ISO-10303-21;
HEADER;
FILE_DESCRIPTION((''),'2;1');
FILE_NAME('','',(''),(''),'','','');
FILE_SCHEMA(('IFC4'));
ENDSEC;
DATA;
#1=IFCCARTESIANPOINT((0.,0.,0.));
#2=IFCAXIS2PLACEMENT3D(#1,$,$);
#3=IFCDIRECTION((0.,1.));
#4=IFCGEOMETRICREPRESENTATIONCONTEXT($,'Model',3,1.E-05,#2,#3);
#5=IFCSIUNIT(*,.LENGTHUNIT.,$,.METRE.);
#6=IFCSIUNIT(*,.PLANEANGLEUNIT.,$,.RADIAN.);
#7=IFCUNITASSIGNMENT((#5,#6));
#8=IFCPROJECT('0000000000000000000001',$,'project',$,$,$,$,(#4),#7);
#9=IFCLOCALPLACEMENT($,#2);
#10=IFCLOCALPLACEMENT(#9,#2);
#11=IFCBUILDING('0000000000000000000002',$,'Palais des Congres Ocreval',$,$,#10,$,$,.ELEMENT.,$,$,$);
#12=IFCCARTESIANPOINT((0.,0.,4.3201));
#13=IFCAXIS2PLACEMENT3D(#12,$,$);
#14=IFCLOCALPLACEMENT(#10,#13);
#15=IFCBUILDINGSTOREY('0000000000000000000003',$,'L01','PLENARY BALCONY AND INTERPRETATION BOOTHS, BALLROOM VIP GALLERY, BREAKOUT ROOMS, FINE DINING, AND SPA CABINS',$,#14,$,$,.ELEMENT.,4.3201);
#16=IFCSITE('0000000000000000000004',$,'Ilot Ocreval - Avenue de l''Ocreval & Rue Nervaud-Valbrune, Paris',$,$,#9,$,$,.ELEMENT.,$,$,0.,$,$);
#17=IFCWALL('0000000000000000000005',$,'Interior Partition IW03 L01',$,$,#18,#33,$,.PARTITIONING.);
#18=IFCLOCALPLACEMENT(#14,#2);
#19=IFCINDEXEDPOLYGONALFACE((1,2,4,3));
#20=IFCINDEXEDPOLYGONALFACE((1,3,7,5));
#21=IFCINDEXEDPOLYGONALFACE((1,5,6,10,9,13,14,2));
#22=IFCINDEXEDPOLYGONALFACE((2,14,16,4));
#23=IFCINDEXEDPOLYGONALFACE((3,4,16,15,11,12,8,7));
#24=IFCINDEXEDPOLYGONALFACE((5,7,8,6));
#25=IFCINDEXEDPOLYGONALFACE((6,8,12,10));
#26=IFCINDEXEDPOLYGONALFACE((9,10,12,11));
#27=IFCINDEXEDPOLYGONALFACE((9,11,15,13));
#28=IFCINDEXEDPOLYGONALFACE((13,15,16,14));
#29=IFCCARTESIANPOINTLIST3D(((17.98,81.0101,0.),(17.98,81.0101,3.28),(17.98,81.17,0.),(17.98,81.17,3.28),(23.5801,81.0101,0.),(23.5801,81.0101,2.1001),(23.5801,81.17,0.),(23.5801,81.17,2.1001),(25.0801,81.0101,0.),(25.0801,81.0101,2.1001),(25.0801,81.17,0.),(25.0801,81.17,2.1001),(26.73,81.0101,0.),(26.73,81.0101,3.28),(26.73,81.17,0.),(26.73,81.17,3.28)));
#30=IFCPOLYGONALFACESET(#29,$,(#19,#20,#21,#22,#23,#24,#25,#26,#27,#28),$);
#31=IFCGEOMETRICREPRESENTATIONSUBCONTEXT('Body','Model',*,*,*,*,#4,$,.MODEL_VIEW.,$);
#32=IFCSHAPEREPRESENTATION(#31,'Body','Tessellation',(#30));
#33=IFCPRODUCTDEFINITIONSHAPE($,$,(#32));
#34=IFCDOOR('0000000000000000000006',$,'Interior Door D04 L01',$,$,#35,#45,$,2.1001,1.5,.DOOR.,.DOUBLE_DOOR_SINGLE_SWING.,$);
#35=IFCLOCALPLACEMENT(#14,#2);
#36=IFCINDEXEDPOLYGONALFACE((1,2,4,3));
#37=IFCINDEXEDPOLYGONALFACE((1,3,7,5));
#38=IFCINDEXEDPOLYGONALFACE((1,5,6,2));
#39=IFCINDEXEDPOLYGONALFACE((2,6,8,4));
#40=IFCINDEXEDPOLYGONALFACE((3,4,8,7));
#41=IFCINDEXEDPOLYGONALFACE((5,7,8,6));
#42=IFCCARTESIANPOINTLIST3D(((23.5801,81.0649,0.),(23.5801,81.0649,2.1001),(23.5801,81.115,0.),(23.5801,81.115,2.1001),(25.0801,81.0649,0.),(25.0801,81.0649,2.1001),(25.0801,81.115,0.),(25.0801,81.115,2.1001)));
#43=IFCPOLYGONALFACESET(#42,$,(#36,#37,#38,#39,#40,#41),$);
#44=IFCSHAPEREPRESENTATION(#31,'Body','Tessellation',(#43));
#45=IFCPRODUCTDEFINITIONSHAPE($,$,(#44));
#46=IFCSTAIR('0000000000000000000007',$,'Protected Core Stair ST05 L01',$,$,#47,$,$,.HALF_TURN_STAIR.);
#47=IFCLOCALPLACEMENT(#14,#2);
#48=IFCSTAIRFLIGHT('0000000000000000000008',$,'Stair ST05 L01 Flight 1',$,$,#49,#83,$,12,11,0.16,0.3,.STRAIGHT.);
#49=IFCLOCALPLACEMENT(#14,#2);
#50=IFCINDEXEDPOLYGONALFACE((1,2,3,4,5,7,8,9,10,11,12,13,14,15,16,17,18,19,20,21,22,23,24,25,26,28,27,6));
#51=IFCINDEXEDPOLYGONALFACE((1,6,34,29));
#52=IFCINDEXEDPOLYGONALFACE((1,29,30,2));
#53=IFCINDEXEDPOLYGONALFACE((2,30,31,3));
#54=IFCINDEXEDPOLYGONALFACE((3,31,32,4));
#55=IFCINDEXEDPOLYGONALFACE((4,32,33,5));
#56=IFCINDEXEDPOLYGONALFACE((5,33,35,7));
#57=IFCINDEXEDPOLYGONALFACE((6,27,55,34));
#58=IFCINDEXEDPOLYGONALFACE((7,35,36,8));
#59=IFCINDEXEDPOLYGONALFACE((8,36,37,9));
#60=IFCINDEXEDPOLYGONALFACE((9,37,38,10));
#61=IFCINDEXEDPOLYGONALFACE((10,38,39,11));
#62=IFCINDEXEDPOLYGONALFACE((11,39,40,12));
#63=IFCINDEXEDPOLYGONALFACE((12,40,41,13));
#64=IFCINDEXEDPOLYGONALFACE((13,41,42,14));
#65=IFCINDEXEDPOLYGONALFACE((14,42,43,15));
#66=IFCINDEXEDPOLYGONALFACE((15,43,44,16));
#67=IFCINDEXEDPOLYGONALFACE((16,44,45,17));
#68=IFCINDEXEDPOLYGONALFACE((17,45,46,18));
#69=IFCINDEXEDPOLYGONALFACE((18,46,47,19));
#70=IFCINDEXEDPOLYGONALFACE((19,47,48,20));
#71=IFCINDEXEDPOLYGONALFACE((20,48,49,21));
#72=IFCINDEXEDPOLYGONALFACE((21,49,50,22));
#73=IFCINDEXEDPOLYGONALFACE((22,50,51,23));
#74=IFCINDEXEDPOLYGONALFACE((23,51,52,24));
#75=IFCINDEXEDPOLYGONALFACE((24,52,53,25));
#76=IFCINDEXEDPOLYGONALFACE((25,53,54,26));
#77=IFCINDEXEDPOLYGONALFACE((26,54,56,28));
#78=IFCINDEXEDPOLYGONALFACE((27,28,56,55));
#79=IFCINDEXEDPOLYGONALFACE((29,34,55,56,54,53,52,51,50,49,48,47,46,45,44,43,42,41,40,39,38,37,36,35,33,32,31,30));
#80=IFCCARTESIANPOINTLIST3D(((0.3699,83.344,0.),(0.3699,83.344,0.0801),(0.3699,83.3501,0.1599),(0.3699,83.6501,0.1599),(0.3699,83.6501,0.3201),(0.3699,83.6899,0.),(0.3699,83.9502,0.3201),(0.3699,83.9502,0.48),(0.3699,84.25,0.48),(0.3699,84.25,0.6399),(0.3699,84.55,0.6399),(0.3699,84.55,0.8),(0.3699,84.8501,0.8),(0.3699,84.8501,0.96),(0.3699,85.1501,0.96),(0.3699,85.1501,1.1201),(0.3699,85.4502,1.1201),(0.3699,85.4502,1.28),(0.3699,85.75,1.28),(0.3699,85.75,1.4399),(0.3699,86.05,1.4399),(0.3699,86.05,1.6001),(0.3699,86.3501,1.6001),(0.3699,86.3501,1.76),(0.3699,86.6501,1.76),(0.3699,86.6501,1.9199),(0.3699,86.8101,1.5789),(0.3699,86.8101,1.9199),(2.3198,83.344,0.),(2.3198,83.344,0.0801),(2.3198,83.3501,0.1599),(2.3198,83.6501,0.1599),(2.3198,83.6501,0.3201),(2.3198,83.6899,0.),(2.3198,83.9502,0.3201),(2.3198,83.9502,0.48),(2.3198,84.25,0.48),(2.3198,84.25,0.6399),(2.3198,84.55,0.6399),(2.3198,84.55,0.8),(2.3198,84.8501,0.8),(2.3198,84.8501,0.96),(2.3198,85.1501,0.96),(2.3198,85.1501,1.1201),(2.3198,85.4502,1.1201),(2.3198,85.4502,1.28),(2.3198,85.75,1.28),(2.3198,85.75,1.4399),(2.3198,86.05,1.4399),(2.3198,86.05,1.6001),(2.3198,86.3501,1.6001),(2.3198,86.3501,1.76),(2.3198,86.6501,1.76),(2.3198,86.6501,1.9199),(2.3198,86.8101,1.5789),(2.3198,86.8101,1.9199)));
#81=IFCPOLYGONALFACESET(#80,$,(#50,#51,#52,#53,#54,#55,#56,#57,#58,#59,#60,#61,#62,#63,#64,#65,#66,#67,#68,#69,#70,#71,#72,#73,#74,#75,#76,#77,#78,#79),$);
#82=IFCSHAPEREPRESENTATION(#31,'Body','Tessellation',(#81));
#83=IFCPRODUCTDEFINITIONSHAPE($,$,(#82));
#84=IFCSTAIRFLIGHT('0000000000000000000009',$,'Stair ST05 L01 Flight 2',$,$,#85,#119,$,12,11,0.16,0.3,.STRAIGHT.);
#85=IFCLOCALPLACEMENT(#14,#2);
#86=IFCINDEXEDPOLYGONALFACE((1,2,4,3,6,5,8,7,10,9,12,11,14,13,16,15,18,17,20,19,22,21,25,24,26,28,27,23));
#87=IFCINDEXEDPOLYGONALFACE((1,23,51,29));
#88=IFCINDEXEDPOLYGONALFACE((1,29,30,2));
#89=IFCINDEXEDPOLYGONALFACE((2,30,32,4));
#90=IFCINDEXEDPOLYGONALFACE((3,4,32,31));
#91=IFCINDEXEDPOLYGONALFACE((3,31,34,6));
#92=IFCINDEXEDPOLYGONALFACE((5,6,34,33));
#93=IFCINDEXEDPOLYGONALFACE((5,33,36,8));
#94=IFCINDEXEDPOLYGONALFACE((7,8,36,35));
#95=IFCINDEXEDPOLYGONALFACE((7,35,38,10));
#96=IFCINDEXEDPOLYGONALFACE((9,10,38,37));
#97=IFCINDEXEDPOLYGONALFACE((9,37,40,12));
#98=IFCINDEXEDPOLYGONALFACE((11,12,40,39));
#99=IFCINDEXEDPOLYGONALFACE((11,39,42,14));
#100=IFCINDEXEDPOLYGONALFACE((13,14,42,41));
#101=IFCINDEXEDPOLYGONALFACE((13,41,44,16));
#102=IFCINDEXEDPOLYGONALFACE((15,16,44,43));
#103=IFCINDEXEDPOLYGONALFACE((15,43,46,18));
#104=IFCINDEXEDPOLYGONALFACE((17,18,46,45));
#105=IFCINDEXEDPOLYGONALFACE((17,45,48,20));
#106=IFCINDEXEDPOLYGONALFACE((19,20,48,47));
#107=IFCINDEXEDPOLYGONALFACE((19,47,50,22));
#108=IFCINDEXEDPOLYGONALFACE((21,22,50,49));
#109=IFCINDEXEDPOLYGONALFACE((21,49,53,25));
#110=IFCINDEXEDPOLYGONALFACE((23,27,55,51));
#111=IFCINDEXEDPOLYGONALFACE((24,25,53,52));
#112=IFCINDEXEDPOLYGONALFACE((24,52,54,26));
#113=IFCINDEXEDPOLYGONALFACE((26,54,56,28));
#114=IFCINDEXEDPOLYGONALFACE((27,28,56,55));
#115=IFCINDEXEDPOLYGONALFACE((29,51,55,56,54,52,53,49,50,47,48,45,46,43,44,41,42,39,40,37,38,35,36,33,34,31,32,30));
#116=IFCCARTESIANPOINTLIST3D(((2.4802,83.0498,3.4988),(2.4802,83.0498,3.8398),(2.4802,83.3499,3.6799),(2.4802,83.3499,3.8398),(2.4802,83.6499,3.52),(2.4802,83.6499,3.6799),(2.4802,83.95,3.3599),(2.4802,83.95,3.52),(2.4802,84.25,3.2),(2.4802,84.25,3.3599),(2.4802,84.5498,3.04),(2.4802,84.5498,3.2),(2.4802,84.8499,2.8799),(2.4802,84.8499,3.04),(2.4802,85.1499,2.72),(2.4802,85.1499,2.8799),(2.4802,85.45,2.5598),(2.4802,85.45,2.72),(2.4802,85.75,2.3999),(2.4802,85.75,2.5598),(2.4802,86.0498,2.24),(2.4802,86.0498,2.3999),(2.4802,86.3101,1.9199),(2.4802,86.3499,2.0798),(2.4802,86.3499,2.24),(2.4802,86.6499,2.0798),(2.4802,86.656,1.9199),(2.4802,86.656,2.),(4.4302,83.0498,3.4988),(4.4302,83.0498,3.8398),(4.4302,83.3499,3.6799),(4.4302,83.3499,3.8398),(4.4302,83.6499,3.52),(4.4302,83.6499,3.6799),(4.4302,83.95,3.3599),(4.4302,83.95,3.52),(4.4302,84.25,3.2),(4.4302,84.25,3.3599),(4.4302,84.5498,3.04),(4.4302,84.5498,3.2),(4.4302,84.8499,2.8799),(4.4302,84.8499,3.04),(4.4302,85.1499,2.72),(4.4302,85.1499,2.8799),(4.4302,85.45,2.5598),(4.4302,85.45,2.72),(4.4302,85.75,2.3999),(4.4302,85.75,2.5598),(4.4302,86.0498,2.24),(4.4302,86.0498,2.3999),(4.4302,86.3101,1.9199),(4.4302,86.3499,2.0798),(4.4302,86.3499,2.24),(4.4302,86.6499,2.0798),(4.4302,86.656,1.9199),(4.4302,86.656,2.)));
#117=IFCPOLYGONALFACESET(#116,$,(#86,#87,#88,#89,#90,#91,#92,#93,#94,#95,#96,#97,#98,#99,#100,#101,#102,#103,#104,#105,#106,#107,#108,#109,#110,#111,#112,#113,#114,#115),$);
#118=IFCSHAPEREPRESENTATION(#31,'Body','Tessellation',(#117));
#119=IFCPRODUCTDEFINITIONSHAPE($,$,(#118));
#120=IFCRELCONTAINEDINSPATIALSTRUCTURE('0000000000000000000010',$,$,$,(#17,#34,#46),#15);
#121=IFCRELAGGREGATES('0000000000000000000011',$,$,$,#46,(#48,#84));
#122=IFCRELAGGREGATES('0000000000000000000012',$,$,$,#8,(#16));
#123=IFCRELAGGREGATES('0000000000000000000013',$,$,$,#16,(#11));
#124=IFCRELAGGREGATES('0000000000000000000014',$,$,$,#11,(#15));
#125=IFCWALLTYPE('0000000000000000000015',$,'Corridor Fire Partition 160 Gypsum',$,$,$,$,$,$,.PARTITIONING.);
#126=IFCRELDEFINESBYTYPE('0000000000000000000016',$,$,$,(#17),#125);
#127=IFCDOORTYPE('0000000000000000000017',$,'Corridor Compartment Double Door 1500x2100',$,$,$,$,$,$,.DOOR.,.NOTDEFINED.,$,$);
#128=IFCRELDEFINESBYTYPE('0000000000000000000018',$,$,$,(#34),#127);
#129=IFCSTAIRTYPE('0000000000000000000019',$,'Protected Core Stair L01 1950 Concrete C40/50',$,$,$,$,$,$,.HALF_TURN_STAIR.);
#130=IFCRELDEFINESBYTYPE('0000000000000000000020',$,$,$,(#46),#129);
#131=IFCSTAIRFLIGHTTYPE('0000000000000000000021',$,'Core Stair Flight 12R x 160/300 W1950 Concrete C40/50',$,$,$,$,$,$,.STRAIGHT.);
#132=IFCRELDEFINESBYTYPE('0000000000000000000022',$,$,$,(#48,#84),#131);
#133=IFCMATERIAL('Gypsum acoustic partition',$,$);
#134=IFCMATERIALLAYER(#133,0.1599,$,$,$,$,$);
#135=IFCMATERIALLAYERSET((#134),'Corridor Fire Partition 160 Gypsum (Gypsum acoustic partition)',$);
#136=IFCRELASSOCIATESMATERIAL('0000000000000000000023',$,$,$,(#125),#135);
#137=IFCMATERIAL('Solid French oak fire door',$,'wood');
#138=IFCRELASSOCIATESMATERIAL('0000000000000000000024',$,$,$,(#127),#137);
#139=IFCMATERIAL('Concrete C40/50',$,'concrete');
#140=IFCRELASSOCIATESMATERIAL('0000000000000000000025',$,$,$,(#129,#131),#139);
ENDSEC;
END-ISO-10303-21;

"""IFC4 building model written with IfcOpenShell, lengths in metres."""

from ifc_helpers import new_model, si_unit, direction, frame, frame_2d, origin, place, context, subcontext, project, spatial, polyline, rectangle, outline, extrude, material, layer, layer_set, type_object, element, fill, aggregate, save


model = new_model("IFC4")

# Units and contexts
model_context = context("Model", 3, precision=1e-05, world=origin(), true_north=direction((0.0, 1.0)))
body_context = subcontext(model_context, "Body", "Model", "MODEL_VIEW")
ifc_project = project(units=[si_unit("LENGTHUNIT", "METRE"), si_unit("PLANEANGLEUNIT", "RADIAN")], contexts=[model_context])

# Site, building, storey
site_placement = place(None, origin())
site = spatial("IfcSite", under=ifc_project, at=site_placement, Name="Ilot Ocreval - Avenue de l'Ocreval & Rue Nervaud-Valbrune, Paris", CompositionType="ELEMENT", RefElevation=0.0)
building_placement = place(site_placement, origin())
building = spatial("IfcBuilding", under=site, at=building_placement, Name="Palais des Congres Ocreval", CompositionType="ELEMENT")
storey_placement = place(building_placement, frame((0.0, 0.0, 4.3201)))
storey = spatial("IfcBuildingStorey", under=building, at=storey_placement, Name="L01", Description="PLENARY BALCONY AND INTERPRETATION BOOTHS, BALLROOM VIP GALLERY, BREAKOUT ROOMS, FINE DINING, AND SPA CABINS", CompositionType="ELEMENT", Elevation=4.3201)

# Shared definitions
ifc_material_1 = material(Name="Concrete C40/50", Category="concrete")

# Shared definitions
ifc_material_2 = material(Name="Gypsum acoustic partition")
ifc_layer_1 = layer(ifc_material_2, 0.1599)
ifc_layer_set_1 = layer_set([ifc_layer_1], Name="Corridor Fire Partition 160 Gypsum (Gypsum acoustic partition)")
wall_type_1 = type_object("IfcWallType", Name="Corridor Fire Partition 160 Gypsum", PredefinedType="PARTITIONING", material=ifc_layer_set_1)

# Wall, opening, door
wall_1_placement = place(storey_placement, frame((17.98, 81.0901, 0.0), z_axis=(0.0, 0.0, 1.0), x_axis=(1.0, 0.0, 0.0)))
wall_1 = element("IfcWall", 1, at=wall_1_placement, inside=storey, type_object=wall_type_1, Name="Interior Partition IW03 L01", PredefinedType="PARTITIONING", context=body_context, shape_type="SweptSolid", body=[
    extrude(rectangle(XDim=8.75, YDim=0.1599, at=frame_2d((4.375, 0.0))), origin(), (0.0, 0.0, 1.0), 3.28),
])
opening_1_placement = place(wall_1_placement, frame((5.6001, 0.0, 0.0)))
opening_1 = element("IfcOpeningElement", 2, at=opening_1_placement, cuts=wall_1, PredefinedType="OPENING", context=body_context, shape_type="SweptSolid", body=[
    extrude(rectangle(XDim=1.5, YDim=2.1001, at=frame_2d((0.75, 1.05))), frame((0.0, 0.0898, 0.0), z_axis=(0.0, -1.0, 0.0), x_axis=(1.0, 0.0, 0.0)), (0.0, 0.0, 1.0), 0.1799),
])
ifc_material_3 = material(Name="Solid French oak fire door", Category="wood")
door_type_1 = type_object("IfcDoorType", Name="Corridor Compartment Double Door 1500x2100", OperationType="NOTDEFINED", PredefinedType="DOOR", material=ifc_material_3)
door_1_placement = place(opening_1_placement, origin())
door_1 = element("IfcDoor", 3, at=door_1_placement, inside=storey, type_object=door_type_1, Name="Interior Door D04 L01", OperationType="DOUBLE_DOOR_SINGLE_SWING", OverallHeight=2.1001, OverallWidth=1.5, PredefinedType="DOOR", context=body_context, shape_type="SweptSolid", body=[
    extrude(rectangle(XDim=1.5, YDim=2.1001, at=frame_2d((0.75, 1.05))), frame((0.0, 0.0249, 0.0), z_axis=(0.0, -1.0, 0.0), x_axis=(1.0, 0.0, 0.0)), (0.0, 0.0, 1.0), 0.05),
])
fill(opening_1, door_1)

# Stair, stair flights
stair_type = type_object("IfcStairType", Name="Protected Core Stair L01 1950 Concrete C40/50", PredefinedType="HALF_TURN_STAIR", material=ifc_material_1)
stair_placement = place(storey_placement, origin())
stair = element("IfcStair", 4, at=stair_placement, inside=storey, type_object=stair_type, Name="Protected Core Stair ST05 L01", PredefinedType="HALF_TURN_STAIR")
stair_flight_type = type_object("IfcStairFlightType", Name="Core Stair Flight 12R x 160/300 W1950 Concrete C40/50", PredefinedType="STRAIGHT", material=ifc_material_1)
stair_flight_1_placement = place(storey_placement, frame((1.345, 83.3501, 0.0), z_axis=(0.0, 0.0, 1.0), x_axis=(0.0, 1.0, 0.0)))
stair_flight_1 = element("IfcStairFlight", 5, at=stair_flight_1_placement, type_object=stair_flight_type, Name="Stair ST05 L01 Flight 1", NumberOfRisers=12, NumberOfTreads=11, PredefinedType="STRAIGHT", RiserHeight=0.16, TreadLength=0.3, context=body_context, shape_type="SweptSolid", body=[
    extrude(outline(polyline([(-0.0061, 0.0), (-0.0061, 0.0801), (0.0, 0.1599), (0.3, 0.1599), (0.3, 0.3201), (0.6001, 0.3201), (0.6001, 0.48), (0.8999, 0.48), (0.8999, 0.6399), (1.2, 0.6399), (1.2, 0.8), (1.5, 0.8), (1.5, 0.96), (1.8, 0.96), (1.8, 1.1201), (2.1001, 1.1201), (2.1001, 1.28), (2.3999, 1.28), (2.3999, 1.4399), (2.7, 1.4399), (2.7, 1.6001), (3.0, 1.6001), (3.0, 1.76), (3.3, 1.76), (3.3, 1.9199), (3.46, 1.9199), (3.46, 1.5789), (0.3398, 0.0), (-0.0061, 0.0)])), frame((0.0, 0.9751, 0.0), z_axis=(0.0, -1.0, 0.0), x_axis=(1.0, 0.0, 0.0)), (0.0, 0.0, 1.0), 1.95),
])
stair_flight_2_placement = place(storey_placement, frame((3.4551, 86.6499, 1.9199), z_axis=(0.0, 0.0, 1.0), x_axis=(0.0, -1.0, 0.0)))
stair_flight_2 = element("IfcStairFlight", 6, at=stair_flight_2_placement, type_object=stair_flight_type, Name="Stair ST05 L01 Flight 2", NumberOfRisers=12, NumberOfTreads=11, PredefinedType="STRAIGHT", RiserHeight=0.16, TreadLength=0.3, context=body_context, shape_type="SweptSolid", body=[
    extrude(outline(polyline([(-0.0061, 0.0), (-0.0061, 0.0801), (0.0, 0.1599), (0.3, 0.1599), (0.3, 0.3201), (0.6001, 0.3201), (0.6001, 0.48), (0.8999, 0.48), (0.8999, 0.6399), (1.2, 0.6399), (1.2, 0.8), (1.5, 0.8), (1.5, 0.96), (1.8, 0.96), (1.8, 1.1201), (2.1001, 1.1201), (2.1001, 1.28), (2.3999, 1.28), (2.3999, 1.4399), (2.7, 1.4399), (2.7, 1.6001), (3.0, 1.6001), (3.0, 1.76), (3.3, 1.76), (3.3, 1.9199), (3.6001, 1.9199), (3.6001, 1.5789), (0.3398, 0.0), (-0.0061, 0.0)])), frame((0.0, 0.9751, 0.0), z_axis=(0.0, -1.0, 0.0), x_axis=(1.0, 0.0, 0.0)), (0.0, 0.0, 1.0), 1.95),
])
aggregate(stair, [stair_flight_1, stair_flight_2])

save(model, "model.ifc")
